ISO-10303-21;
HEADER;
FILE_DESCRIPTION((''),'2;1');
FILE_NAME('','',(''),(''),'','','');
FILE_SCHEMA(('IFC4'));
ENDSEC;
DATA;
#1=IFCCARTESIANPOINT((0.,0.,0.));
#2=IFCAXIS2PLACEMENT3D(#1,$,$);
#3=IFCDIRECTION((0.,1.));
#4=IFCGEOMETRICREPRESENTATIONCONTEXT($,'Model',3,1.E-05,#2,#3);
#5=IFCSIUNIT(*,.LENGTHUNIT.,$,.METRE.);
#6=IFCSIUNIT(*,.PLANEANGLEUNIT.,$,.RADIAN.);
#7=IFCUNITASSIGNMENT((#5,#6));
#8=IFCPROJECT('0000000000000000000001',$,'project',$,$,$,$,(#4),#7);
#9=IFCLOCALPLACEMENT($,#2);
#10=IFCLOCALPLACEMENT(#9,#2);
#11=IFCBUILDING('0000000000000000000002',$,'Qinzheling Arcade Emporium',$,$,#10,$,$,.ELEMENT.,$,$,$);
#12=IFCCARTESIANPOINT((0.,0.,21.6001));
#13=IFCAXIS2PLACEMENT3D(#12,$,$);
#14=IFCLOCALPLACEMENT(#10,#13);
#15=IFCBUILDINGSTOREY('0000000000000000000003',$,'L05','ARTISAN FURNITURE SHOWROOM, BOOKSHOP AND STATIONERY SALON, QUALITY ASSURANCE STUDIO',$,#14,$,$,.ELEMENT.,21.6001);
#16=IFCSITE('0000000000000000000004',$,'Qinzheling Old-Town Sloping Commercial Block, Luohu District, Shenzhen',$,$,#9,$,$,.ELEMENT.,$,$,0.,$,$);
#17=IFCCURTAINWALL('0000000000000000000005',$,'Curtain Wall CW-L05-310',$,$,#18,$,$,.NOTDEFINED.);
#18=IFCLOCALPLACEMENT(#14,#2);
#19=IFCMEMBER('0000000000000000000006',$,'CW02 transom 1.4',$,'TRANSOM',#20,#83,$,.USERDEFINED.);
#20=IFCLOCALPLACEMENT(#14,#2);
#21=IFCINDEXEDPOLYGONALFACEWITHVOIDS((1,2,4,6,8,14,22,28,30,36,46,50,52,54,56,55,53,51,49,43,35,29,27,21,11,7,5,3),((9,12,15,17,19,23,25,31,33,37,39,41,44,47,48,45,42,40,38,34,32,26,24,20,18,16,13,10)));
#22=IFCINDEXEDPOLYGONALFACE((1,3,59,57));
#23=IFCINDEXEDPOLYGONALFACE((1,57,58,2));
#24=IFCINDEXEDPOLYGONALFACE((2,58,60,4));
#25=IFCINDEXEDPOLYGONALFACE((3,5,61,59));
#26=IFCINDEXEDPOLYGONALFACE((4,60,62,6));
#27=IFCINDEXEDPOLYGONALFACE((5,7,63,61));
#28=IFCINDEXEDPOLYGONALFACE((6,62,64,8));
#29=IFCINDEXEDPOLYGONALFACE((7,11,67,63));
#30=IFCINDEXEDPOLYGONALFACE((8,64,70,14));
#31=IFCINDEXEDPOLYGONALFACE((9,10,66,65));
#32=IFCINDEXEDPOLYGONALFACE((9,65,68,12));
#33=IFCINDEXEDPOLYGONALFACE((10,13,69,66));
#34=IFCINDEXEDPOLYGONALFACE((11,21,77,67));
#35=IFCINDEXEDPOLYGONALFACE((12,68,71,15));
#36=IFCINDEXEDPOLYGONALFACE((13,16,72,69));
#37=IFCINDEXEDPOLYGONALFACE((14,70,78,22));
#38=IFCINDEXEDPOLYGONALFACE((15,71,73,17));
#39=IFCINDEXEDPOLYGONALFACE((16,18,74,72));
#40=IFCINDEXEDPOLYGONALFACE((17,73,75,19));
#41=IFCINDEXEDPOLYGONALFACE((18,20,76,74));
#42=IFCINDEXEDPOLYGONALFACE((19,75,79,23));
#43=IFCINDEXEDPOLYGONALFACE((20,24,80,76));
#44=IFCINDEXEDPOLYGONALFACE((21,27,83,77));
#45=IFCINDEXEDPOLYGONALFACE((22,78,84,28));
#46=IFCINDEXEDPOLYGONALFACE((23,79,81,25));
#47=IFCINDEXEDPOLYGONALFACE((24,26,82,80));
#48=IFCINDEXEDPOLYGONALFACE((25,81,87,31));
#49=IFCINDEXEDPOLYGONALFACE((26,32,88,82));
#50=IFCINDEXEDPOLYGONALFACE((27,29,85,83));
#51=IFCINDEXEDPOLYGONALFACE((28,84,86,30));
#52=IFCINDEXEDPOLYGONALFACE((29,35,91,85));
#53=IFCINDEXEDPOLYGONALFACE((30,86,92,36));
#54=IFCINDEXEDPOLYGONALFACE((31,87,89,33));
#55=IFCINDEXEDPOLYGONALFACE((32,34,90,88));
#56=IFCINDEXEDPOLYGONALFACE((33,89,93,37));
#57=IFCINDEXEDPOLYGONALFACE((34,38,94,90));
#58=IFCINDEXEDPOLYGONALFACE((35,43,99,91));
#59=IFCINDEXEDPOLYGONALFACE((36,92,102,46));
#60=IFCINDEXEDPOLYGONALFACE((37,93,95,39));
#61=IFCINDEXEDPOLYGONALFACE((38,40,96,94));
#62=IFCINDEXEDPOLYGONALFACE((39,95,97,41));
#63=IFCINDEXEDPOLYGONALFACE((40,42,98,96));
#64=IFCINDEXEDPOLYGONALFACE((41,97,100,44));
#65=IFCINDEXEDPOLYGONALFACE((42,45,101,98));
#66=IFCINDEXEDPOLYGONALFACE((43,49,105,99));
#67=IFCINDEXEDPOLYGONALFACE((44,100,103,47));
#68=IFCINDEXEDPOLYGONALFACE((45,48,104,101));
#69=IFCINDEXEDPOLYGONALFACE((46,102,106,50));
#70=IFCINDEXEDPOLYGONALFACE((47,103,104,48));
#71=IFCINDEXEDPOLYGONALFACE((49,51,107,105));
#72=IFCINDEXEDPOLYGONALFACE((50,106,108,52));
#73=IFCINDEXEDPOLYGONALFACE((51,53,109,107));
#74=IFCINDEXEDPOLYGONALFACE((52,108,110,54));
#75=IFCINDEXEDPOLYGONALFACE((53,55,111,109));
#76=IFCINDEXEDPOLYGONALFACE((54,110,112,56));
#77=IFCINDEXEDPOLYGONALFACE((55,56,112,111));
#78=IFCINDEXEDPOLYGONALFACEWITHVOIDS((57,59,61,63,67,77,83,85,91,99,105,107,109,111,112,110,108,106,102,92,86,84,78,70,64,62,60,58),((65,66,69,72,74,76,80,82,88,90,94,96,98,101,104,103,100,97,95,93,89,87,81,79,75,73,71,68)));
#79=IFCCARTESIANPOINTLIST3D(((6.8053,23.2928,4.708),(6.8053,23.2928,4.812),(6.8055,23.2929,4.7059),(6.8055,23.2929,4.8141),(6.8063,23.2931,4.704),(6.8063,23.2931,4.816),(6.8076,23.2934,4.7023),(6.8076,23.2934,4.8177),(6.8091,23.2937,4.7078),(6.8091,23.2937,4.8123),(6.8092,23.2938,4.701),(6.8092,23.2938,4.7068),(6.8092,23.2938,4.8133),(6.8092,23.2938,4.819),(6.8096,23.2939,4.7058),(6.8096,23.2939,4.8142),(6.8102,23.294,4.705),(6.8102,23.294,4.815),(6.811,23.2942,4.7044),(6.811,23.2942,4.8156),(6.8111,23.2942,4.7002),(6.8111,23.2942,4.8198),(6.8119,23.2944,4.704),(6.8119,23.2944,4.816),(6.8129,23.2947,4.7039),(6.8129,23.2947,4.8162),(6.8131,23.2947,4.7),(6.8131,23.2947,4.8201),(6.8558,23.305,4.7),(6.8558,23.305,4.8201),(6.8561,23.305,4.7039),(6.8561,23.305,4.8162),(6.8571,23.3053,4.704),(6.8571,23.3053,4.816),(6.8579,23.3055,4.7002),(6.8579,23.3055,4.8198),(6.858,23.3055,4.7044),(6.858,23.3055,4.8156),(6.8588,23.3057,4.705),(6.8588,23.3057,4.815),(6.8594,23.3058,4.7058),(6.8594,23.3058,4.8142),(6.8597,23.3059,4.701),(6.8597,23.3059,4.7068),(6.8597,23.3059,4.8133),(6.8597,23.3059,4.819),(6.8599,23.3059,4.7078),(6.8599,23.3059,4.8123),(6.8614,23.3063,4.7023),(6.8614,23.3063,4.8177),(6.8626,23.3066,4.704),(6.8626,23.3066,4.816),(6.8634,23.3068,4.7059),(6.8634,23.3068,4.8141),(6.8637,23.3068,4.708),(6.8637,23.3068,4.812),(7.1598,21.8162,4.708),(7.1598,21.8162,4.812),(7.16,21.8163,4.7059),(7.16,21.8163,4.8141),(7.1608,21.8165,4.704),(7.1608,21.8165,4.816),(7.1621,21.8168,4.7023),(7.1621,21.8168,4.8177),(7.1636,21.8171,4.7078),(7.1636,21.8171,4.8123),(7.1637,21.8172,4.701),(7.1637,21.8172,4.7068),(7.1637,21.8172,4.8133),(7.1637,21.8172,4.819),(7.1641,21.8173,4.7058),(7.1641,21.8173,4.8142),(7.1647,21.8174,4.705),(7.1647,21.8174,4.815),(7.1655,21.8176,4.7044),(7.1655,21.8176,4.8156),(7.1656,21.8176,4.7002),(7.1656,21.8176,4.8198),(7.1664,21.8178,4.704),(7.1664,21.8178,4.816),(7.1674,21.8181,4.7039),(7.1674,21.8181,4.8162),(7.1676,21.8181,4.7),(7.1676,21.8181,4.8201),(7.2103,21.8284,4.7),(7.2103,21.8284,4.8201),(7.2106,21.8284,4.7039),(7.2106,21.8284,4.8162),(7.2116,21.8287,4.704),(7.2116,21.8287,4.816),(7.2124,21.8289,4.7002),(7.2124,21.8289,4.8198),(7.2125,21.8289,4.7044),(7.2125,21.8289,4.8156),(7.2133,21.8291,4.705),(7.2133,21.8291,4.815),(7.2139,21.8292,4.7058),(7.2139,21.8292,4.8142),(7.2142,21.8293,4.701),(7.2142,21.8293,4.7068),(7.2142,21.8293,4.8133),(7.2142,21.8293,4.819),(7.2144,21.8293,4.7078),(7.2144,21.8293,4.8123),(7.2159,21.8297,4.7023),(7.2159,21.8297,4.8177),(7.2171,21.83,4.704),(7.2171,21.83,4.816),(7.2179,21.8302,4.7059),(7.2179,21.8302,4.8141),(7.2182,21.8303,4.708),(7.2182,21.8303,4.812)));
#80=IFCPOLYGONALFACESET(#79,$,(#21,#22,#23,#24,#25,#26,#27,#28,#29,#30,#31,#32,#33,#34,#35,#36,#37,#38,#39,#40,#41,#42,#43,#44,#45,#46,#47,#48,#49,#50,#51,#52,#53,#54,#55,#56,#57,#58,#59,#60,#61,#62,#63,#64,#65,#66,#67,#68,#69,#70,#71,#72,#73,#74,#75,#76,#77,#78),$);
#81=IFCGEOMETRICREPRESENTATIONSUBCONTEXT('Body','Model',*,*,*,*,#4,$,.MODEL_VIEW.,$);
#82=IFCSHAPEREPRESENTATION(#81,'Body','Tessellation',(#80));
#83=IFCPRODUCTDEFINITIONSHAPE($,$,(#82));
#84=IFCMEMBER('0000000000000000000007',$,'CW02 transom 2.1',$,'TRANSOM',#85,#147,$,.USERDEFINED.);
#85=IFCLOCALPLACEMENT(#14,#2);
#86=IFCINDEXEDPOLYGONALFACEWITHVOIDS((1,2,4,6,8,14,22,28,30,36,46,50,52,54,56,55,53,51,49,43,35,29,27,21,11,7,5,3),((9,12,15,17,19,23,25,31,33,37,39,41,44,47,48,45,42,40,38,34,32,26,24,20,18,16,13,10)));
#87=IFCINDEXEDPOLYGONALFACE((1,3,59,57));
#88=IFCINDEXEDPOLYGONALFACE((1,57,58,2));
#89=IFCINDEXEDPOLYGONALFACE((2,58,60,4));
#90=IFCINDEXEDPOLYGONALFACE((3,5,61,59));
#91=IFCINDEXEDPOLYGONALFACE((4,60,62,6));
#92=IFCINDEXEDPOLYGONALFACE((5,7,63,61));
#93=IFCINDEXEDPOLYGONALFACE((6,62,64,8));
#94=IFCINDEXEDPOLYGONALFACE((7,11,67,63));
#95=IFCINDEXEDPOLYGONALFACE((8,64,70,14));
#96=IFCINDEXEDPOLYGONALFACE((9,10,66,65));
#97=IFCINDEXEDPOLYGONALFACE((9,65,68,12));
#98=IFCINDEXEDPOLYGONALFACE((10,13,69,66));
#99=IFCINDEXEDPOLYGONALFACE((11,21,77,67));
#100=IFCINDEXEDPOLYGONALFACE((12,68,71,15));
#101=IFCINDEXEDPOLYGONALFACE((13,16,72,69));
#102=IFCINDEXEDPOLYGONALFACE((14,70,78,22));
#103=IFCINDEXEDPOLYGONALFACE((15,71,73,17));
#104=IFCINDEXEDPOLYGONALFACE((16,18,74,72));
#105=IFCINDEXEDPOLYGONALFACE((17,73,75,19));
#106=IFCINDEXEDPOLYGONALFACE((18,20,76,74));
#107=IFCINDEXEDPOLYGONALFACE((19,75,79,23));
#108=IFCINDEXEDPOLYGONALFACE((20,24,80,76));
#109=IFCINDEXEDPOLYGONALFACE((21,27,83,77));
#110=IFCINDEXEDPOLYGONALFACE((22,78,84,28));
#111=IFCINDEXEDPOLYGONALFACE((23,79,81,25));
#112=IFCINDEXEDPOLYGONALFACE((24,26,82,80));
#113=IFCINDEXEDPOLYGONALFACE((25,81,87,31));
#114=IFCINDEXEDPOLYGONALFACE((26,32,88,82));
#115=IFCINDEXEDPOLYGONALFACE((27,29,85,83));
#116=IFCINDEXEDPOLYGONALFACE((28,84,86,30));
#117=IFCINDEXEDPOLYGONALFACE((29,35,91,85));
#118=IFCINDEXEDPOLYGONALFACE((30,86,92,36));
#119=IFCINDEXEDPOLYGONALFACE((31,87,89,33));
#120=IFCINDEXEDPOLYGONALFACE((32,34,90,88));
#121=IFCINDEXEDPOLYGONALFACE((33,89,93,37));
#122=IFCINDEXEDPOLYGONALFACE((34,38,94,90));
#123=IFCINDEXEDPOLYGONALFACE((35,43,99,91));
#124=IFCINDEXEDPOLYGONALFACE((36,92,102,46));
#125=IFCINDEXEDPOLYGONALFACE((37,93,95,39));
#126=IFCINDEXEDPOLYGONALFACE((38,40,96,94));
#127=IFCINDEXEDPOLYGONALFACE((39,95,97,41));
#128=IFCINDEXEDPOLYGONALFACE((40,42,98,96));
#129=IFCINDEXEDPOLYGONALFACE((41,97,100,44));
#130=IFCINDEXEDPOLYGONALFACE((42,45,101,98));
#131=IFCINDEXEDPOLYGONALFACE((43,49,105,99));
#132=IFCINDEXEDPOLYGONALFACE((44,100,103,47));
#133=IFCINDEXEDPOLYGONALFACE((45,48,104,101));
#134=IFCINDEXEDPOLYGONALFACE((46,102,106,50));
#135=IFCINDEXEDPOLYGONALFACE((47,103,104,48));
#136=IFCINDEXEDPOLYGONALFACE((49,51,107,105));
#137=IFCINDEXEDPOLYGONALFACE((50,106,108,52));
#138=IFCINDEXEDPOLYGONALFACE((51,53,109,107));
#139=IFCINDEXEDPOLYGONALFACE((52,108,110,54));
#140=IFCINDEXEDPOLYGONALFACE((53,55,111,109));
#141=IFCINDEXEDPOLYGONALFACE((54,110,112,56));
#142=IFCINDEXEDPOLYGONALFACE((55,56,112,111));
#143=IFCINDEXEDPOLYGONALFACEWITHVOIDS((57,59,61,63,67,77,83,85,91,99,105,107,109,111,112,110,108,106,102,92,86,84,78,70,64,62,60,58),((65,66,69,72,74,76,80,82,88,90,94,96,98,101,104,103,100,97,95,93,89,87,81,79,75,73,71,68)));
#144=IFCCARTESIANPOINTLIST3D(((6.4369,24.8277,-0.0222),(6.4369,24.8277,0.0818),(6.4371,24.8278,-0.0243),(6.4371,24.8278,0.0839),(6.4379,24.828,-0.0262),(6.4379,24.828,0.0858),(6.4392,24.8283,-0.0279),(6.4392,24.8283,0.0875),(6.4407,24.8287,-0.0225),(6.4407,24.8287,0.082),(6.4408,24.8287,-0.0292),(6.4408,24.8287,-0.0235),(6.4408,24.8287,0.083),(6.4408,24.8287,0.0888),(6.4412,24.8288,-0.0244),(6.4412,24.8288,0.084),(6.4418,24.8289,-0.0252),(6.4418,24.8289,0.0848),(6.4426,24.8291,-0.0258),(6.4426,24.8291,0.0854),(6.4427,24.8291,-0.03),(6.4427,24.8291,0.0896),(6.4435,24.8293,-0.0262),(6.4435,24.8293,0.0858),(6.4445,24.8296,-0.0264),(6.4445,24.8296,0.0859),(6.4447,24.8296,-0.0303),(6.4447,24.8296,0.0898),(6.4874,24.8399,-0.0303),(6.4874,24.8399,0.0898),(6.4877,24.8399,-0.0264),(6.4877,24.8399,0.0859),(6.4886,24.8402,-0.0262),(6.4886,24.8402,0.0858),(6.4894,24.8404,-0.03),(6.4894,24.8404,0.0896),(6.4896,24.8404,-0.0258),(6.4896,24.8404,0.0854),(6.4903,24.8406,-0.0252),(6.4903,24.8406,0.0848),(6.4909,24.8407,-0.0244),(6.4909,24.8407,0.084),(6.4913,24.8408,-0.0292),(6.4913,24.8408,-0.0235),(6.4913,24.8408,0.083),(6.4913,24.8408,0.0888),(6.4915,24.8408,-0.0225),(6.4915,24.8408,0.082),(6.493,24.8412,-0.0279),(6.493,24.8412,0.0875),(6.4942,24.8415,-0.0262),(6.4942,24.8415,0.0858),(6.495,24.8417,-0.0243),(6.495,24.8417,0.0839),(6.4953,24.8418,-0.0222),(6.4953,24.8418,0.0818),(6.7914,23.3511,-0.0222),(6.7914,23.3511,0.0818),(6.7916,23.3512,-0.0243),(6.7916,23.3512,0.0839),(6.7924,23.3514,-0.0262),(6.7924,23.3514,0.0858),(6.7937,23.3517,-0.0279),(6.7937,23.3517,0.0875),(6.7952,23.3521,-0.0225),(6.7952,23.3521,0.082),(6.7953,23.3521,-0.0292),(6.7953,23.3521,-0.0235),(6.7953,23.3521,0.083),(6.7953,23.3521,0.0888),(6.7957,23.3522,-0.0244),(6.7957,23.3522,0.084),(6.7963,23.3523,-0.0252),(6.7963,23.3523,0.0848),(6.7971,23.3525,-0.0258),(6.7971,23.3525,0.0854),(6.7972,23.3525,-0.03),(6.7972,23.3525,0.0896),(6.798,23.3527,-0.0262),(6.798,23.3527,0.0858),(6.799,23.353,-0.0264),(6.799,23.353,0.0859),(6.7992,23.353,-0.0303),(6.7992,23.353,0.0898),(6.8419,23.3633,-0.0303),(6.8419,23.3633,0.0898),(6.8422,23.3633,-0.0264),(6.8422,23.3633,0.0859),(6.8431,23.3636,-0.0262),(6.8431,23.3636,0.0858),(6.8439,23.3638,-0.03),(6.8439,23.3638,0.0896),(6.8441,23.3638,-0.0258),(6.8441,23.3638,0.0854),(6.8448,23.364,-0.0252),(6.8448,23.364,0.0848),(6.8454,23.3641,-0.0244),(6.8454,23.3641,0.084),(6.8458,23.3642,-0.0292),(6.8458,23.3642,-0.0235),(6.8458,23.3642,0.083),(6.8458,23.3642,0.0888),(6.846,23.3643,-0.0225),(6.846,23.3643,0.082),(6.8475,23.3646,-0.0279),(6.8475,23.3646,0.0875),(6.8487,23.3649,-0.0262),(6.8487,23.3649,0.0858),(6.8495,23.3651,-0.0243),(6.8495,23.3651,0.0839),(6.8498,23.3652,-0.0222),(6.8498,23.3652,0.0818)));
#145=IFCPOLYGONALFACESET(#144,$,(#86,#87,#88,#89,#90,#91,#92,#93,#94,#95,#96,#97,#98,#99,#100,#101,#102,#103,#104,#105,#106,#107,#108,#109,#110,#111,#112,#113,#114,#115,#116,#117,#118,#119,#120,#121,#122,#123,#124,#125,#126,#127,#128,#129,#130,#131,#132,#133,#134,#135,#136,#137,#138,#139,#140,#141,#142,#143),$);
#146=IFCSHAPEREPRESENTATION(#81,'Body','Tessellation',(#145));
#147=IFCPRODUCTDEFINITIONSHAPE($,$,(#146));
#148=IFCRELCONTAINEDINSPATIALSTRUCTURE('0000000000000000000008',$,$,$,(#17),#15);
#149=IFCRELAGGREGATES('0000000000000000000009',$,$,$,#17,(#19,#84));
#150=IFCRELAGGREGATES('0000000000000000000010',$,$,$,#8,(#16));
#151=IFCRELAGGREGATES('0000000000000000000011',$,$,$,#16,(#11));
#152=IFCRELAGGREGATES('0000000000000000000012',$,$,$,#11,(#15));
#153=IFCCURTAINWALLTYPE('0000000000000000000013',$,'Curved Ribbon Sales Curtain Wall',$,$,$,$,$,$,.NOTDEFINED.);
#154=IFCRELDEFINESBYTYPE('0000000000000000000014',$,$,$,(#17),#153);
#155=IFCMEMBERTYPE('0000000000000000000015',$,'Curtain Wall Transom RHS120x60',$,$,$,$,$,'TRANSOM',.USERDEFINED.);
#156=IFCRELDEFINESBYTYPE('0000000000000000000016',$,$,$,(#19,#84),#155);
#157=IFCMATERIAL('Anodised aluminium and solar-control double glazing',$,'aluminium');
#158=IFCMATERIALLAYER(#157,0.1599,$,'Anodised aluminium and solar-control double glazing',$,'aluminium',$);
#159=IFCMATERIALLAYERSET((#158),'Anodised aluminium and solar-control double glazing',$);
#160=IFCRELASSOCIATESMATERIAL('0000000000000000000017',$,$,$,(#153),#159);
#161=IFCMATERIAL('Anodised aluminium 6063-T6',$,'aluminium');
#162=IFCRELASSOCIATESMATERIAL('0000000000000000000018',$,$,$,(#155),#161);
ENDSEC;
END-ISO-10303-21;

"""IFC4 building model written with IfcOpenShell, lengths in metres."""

from ifc_helpers import new_model, si_unit, direction, frame, origin, origin_2d, place, context, subcontext, project, spatial, hollow_rectangle, extrude, material, layer, layer_set, material_profile, profile_set, type_object, element, aggregate, save


model = new_model("IFC4")

# Units and contexts
model_context = context("Model", 3, precision=1e-05, world=origin(), true_north=direction((0.0, 1.0)))
body_context = subcontext(model_context, "Body", "Model", "MODEL_VIEW")
ifc_project = project(units=[si_unit("LENGTHUNIT", "METRE"), si_unit("PLANEANGLEUNIT", "RADIAN")], contexts=[model_context])

# Site, building, storey
site_placement = place(None, origin())
site = spatial("IfcSite", under=ifc_project, at=site_placement, Name="Qinzheling Old-Town Sloping Commercial Block, Luohu District, Shenzhen", CompositionType="ELEMENT", RefElevation=0.0)
building_placement = place(site_placement, origin())
building = spatial("IfcBuilding", under=site, at=building_placement, Name="Qinzheling Arcade Emporium", CompositionType="ELEMENT")
storey_placement = place(building_placement, frame((0.0, 0.0, 21.6001)))
storey = spatial("IfcBuildingStorey", under=building, at=storey_placement, Name="L05", Description="ARTISAN FURNITURE SHOWROOM, BOOKSHOP AND STATIONERY SALON, QUALITY ASSURANCE STUDIO", CompositionType="ELEMENT", Elevation=21.6001)

# Curtain wall
ifc_material_1 = material(Name="Anodised aluminium and solar-control double glazing", Category="aluminium")
ifc_layer_1 = layer(ifc_material_1, 0.1599, Name="Anodised aluminium and solar-control double glazing", Category="aluminium")
ifc_layer_set_1 = layer_set([ifc_layer_1], Name="Anodised aluminium and solar-control double glazing")
curtain_wall_type = type_object("IfcCurtainWallType", Name="Curved Ribbon Sales Curtain Wall", PredefinedType="NOTDEFINED", material=ifc_layer_set_1)
ifc_material_2 = material(Name="Anodised aluminium 6063-T6", Category="aluminium")
curtain_wall_1_placement = place(storey_placement, origin())
curtain_wall_1 = element("IfcCurtainWall", 1, at=curtain_wall_1_placement, inside=storey, type_object=curtain_wall_type, Name="Curtain Wall CW-L05-310", PredefinedType="NOTDEFINED")

# Members
ifc_material_profile_1 = material_profile(ifc_material_2, hollow_rectangle(XDim=0.0601, YDim=0.1201, WallThickness=0.0039, InnerFilletRadius=0.0039, OuterFilletRadius=0.0081, at=origin_2d()), Name="RHS 120x60x4", Category="aluminium")
ifc_profile_set_1 = profile_set([ifc_material_profile_1], Name="Anodised aluminium 6063-T6")
member_type_1 = type_object("IfcMemberType", Name="Curtain Wall Transom RHS120x60", ElementType="TRANSOM", PredefinedType="USERDEFINED", material=ifc_profile_set_1)
member_1_placement = place(storey_placement, frame((7.189, 21.8232, 4.76), z_axis=(-0.233446, 0.97237, 0.0), x_axis=(-0.97237, -0.233446, 0.0)))
member_1 = element("IfcMember", 2, at=member_1_placement, type_object=member_type_1, Name="CW02 transom 1.4", ObjectType="TRANSOM", PredefinedType="USERDEFINED", context=body_context, shape_type="SweptSolid", body=[
    extrude(hollow_rectangle(XDim=0.0601, YDim=0.1201, WallThickness=0.0039, InnerFilletRadius=0.0039, OuterFilletRadius=0.0081, at=origin_2d()), origin(), (0.0, 0.0, 1.0), 1.5186),
])
member_2_placement = place(storey_placement, frame((6.8206, 23.3582, 0.0298), z_axis=(-0.233446, 0.97237, 0.0), x_axis=(-0.97237, -0.233446, 0.0)))
member_2 = element("IfcMember", 3, at=member_2_placement, type_object=member_type_1, Name="CW02 transom 2.1", ObjectType="TRANSOM", PredefinedType="USERDEFINED", context=body_context, shape_type="SweptSolid", body=[
    extrude(hollow_rectangle(XDim=0.0601, YDim=0.1201, WallThickness=0.0039, InnerFilletRadius=0.0039, OuterFilletRadius=0.0081, at=origin_2d()), origin(), (0.0, 0.0, 1.0), 1.5186),
])

aggregate(curtain_wall_1, [member_1, member_2])

save(model, "model.ifc")
